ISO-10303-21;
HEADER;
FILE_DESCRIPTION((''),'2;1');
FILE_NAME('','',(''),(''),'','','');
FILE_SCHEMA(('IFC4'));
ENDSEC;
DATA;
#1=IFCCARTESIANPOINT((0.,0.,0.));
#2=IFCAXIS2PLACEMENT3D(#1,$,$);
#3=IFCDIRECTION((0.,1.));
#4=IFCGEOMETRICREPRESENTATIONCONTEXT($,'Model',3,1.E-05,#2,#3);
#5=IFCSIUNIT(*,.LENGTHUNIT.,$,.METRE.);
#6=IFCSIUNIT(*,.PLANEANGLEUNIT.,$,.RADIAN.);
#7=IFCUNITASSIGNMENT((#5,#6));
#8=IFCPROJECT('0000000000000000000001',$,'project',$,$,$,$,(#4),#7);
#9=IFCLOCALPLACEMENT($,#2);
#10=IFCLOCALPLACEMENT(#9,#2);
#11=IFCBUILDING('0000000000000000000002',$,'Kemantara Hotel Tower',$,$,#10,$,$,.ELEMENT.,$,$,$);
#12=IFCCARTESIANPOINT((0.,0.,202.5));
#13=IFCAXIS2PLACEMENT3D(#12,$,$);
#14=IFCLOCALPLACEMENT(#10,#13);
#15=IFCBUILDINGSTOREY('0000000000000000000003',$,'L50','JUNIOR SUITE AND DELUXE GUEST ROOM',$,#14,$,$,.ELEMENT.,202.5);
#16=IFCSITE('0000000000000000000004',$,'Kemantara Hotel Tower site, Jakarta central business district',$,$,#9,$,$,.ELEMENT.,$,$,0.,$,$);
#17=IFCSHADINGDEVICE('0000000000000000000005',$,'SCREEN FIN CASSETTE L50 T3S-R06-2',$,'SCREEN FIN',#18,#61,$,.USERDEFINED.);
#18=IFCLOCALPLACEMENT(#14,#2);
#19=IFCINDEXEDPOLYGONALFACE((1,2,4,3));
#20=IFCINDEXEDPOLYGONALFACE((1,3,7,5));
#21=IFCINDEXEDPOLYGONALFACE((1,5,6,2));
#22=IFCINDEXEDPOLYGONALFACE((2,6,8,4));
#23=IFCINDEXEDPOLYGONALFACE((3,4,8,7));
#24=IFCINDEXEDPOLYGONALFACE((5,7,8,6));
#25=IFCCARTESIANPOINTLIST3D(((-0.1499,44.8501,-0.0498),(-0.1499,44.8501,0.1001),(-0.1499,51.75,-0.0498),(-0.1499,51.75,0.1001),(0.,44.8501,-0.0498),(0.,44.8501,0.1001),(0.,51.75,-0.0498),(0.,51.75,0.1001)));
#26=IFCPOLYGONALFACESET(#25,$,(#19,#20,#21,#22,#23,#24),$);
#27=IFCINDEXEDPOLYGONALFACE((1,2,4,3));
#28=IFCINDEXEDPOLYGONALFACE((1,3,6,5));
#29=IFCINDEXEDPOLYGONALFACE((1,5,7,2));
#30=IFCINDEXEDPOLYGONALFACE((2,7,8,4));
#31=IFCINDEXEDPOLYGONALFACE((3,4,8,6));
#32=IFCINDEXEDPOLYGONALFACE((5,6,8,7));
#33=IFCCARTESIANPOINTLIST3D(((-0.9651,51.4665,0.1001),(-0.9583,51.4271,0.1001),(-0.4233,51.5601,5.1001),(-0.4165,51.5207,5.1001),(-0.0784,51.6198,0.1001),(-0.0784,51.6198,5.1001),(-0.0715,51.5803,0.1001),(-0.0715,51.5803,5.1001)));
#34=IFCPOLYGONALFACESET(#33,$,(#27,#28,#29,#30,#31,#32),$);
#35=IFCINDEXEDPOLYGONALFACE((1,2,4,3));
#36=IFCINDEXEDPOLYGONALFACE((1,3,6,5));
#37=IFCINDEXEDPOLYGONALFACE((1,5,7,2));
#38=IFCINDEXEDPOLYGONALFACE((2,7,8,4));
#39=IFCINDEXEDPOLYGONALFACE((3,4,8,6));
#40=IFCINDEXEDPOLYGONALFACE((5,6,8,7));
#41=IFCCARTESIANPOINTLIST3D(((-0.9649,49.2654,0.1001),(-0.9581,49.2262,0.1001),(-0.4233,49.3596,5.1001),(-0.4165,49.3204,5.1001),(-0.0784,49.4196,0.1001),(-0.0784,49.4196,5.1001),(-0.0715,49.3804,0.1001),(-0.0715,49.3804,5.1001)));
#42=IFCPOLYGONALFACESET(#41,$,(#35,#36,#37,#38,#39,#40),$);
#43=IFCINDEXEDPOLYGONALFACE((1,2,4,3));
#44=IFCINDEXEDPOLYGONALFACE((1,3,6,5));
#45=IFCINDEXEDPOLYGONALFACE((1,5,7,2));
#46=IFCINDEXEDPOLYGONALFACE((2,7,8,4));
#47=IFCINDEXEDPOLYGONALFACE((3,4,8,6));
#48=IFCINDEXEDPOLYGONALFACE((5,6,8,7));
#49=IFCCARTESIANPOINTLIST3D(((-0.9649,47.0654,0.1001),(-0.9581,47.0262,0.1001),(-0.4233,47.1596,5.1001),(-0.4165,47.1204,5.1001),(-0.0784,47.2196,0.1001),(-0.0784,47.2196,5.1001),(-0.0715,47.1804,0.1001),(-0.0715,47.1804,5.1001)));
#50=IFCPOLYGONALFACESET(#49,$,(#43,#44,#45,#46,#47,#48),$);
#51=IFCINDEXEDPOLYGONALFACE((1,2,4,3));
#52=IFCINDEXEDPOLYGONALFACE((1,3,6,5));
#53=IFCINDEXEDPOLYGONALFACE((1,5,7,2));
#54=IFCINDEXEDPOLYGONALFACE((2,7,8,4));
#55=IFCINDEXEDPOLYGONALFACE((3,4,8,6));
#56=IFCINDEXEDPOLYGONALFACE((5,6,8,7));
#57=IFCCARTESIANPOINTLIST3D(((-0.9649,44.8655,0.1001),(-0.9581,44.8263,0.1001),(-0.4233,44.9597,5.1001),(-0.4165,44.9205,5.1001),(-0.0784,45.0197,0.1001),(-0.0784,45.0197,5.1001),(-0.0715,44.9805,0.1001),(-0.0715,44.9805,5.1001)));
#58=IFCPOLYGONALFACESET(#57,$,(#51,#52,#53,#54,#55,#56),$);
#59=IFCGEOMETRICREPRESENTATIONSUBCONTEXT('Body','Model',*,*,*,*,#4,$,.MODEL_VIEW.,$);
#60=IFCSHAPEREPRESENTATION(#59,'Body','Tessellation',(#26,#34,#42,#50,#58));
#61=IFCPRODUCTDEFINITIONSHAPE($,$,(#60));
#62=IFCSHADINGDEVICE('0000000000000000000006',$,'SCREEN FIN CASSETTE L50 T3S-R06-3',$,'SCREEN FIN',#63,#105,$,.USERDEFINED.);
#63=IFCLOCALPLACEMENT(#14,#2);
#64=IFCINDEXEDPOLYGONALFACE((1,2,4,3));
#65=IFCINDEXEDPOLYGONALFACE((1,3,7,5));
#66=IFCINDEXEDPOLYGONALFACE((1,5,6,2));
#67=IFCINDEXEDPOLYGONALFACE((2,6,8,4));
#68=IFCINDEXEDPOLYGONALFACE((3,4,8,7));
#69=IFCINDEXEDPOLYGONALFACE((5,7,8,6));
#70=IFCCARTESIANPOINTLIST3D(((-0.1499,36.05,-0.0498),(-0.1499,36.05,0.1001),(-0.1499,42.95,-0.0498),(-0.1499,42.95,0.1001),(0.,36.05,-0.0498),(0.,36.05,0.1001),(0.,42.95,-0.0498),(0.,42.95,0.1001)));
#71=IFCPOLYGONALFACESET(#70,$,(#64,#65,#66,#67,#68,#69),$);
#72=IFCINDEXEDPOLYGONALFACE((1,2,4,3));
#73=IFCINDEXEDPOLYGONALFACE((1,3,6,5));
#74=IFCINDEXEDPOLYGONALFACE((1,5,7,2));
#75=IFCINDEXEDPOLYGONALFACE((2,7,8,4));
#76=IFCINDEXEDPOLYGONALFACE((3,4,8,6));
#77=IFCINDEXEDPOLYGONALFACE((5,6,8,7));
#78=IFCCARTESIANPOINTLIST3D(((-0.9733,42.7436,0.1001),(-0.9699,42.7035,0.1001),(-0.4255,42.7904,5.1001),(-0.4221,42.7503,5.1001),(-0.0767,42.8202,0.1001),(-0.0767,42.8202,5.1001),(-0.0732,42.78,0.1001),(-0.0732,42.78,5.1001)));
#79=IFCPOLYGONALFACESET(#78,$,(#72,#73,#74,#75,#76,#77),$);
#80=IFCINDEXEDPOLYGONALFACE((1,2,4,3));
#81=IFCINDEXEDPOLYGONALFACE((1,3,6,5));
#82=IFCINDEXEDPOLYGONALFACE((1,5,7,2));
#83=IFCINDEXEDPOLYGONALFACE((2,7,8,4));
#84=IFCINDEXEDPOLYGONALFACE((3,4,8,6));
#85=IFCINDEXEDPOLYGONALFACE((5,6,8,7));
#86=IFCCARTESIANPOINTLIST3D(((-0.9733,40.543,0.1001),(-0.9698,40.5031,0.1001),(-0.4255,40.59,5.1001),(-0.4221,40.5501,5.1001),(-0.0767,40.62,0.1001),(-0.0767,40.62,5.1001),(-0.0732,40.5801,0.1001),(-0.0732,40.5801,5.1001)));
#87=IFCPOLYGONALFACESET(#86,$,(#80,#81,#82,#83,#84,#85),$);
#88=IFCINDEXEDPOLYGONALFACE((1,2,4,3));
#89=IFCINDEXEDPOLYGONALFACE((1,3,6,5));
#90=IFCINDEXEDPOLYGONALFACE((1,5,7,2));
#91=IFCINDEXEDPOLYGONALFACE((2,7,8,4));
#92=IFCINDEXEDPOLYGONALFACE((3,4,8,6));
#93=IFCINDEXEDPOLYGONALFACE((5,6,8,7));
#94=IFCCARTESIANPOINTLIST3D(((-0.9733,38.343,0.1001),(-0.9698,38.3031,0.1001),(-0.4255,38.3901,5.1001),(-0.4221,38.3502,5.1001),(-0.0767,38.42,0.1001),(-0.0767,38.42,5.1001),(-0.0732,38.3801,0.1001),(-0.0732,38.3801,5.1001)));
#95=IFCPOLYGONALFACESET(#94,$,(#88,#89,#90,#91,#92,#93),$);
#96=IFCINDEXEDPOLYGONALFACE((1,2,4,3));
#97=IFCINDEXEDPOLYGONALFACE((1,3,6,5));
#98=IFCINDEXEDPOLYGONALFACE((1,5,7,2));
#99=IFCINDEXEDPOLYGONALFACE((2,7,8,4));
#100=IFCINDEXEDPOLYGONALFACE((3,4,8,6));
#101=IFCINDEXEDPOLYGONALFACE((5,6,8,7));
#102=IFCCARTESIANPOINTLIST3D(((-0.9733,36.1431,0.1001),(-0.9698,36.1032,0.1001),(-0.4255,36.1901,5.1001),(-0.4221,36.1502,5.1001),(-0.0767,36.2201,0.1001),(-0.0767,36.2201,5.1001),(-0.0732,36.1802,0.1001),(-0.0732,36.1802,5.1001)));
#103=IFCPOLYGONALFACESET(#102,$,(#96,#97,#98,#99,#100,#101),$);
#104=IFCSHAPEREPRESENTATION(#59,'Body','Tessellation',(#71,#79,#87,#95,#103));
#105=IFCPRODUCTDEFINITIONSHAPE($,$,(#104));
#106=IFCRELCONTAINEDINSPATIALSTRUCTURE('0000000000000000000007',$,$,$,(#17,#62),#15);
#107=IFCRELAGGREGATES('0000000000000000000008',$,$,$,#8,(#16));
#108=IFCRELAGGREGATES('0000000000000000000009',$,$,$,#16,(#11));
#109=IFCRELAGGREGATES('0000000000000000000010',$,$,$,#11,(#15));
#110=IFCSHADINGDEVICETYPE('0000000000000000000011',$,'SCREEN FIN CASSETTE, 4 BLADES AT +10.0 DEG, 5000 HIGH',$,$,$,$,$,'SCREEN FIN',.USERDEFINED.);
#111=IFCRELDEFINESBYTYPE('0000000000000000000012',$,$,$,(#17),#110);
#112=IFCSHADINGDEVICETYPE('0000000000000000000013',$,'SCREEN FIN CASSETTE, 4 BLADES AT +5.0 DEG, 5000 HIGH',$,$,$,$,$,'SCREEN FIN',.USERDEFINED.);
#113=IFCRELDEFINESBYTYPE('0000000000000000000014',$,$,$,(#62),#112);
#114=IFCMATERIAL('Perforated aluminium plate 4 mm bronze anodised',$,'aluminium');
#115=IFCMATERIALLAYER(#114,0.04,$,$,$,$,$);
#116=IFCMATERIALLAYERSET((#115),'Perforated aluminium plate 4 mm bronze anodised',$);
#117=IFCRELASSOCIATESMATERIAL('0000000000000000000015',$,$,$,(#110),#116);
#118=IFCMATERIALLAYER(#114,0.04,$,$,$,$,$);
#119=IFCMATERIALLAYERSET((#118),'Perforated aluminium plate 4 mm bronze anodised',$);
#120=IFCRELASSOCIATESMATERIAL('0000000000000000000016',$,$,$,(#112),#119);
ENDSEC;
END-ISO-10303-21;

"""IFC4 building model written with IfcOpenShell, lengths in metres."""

from ifc_helpers import new_model, si_unit, direction, frame, origin, origin_2d, place, context, subcontext, project, spatial, polyline, rectangle, outline, extrude, source, transform, mapped, material, layer, layer_set, type_object, element, save


model = new_model("IFC4")

# Units and contexts
model_context = context("Model", 3, precision=1e-05, world=origin(), true_north=direction((0.0, 1.0)))
body_context = subcontext(model_context, "Body", "Model", "MODEL_VIEW")
ifc_project = project(units=[si_unit("LENGTHUNIT", "METRE"), si_unit("PLANEANGLEUNIT", "RADIAN")], contexts=[model_context])

# Site, building, storey
site_placement = place(None, origin())
site = spatial("IfcSite", under=ifc_project, at=site_placement, Name="Kemantara Hotel Tower site, Jakarta central business district", CompositionType="ELEMENT", RefElevation=0.0)
building_placement = place(site_placement, origin())
building = spatial("IfcBuilding", under=site, at=building_placement, Name="Kemantara Hotel Tower", CompositionType="ELEMENT")
storey_placement = place(building_placement, frame((0.0, 0.0, 202.5)))
storey = spatial("IfcBuildingStorey", under=building, at=storey_placement, Name="L50", Description="JUNIOR SUITE AND DELUXE GUEST ROOM", CompositionType="ELEMENT", Elevation=202.5)

# Shading devices
ifc_material_1 = material(Name="Perforated aluminium plate 4 mm bronze anodised", Category="aluminium")
ifc_layer_1 = layer(ifc_material_1, 0.04)
ifc_layer_set_1 = layer_set([ifc_layer_1], Name="Perforated aluminium plate 4 mm bronze anodised")
shading_device_type_1 = type_object("IfcShadingDeviceType", Name="SCREEN FIN CASSETTE, 4 BLADES AT +10.0 DEG, 5000 HIGH", ElementType="SCREEN FIN", PredefinedType="USERDEFINED", material=ifc_layer_set_1)
shared_shape_1 = source(origin(), body_context, "Body", "SweptSolid", [
    extrude(rectangle(XDim=6.8999, YDim=0.1499, at=origin_2d()), frame((3.3, -0.075, -0.1499), z_axis=(0.0, 0.0, 1.0), x_axis=(1.0, 0.0, 0.0)), (0.0, 0.0, 1.0), 0.1499),
    extrude(outline(polyline([(0.0, 0.0), (0.8999, 0.0), (0.3501, 5.0), (0.0, 5.0), (0.0, 0.0)])), frame((0.0198, -0.0715, 0.0), z_axis=(-0.98539, -0.170314, 0.0), x_axis=(0.170314, -0.98539, 0.0)), (0.0, 0.0, 1.0), 0.04),
    extrude(outline(polyline([(0.0, 0.0), (0.8999, 0.0), (0.3501, 5.0), (0.0, 5.0), (0.0, 0.0)])), frame((2.2197, -0.0715, 0.0), z_axis=(-0.985212, -0.171341, 0.0), x_axis=(0.171341, -0.985212, 0.0)), (0.0, 0.0, 1.0), 0.0398),
    extrude(outline(polyline([(0.0, 0.0), (0.8999, 0.0), (0.3501, 5.0), (0.0, 5.0), (0.0, 0.0)])), frame((4.4197, -0.0715, 0.0), z_axis=(-0.985212, -0.171341, 0.0), x_axis=(0.171341, -0.985212, 0.0)), (0.0, 0.0, 1.0), 0.0398),
    extrude(outline(polyline([(0.0, 0.0), (0.8999, 0.0), (0.3501, 5.0), (0.0, 5.0), (0.0, 0.0)])), frame((6.6196, -0.0715, 0.0), z_axis=(-0.985212, -0.171341, 0.0), x_axis=(0.171341, -0.985212, 0.0)), (0.0, 0.0, 1.0), 0.0398),
])
shading_device_1_placement = place(storey_placement, frame((0.0, 51.6001, 0.1001), z_axis=(0.0, 0.0, 1.0), x_axis=(0.0, -1.0, 0.0)))
element("IfcShadingDevice", 1, at=shading_device_1_placement, inside=storey, type_object=shading_device_type_1, Name="SCREEN FIN CASSETTE L50 T3S-R06-2", ObjectType="SCREEN FIN", PredefinedType="USERDEFINED", context=body_context, shape_type="MappedRepresentation", body=[
    mapped(shared_shape_1, transform((0.0, 0.0, 0.0))),
])
ifc_layer_2 = layer(ifc_material_1, 0.04)
ifc_layer_set_2 = layer_set([ifc_layer_2], Name="Perforated aluminium plate 4 mm bronze anodised")
shading_device_type_2 = type_object("IfcShadingDeviceType", Name="SCREEN FIN CASSETTE, 4 BLADES AT +5.0 DEG, 5000 HIGH", ElementType="SCREEN FIN", PredefinedType="USERDEFINED", material=ifc_layer_set_2)
shared_shape_2 = source(origin(), body_context, "Body", "SweptSolid", [
    extrude(rectangle(XDim=6.8999, YDim=0.1499, at=origin_2d()), frame((3.3, -0.075, -0.1499), z_axis=(0.0, 0.0, 1.0), x_axis=(1.0, 0.0, 0.0)), (0.0, 0.0, 1.0), 0.1499),
    extrude(outline(polyline([(0.0, 0.0), (0.8999, 0.0), (0.3501, 5.0), (0.0, 5.0), (0.0, 0.0)])), frame((0.02, -0.0732, 0.0), z_axis=(-0.996376, -0.085056, 0.0), x_axis=(0.085056, -0.996376, 0.0)), (0.0, 0.0, 1.0), 0.0403),
    extrude(outline(polyline([(0.0, 0.0), (0.8999, 0.0), (0.3501, 5.0), (0.0, 5.0), (0.0, 0.0)])), frame((2.22, -0.0732, 0.0), z_axis=(-0.996332, -0.085575, 0.0), x_axis=(0.085575, -0.996332, 0.0)), (0.0, 0.0, 1.0), 0.04),
    extrude(outline(polyline([(0.0, 0.0), (0.8999, 0.0), (0.3501, 5.0), (0.0, 5.0), (0.0, 0.0)])), frame((4.4199, -0.0732, 0.0), z_axis=(-0.996332, -0.085575, 0.0), x_axis=(0.085575, -0.996332, 0.0)), (0.0, 0.0, 1.0), 0.04),
    extrude(outline(polyline([(0.0, 0.0), (0.8999, 0.0), (0.3501, 5.0), (0.0, 5.0), (0.0, 0.0)])), frame((6.6199, -0.0732, 0.0), z_axis=(-0.996332, -0.085575, 0.0), x_axis=(0.085575, -0.996332, 0.0)), (0.0, 0.0, 1.0), 0.04),
])
shading_device_2_placement = place(storey_placement, frame((0.0, 42.8, 0.1001), z_axis=(0.0, 0.0, 1.0), x_axis=(0.0, -1.0, 0.0)))
element("IfcShadingDevice", 2, at=shading_device_2_placement, inside=storey, type_object=shading_device_type_2, Name="SCREEN FIN CASSETTE L50 T3S-R06-3", ObjectType="SCREEN FIN", PredefinedType="USERDEFINED", context=body_context, shape_type="MappedRepresentation", body=[
    mapped(shared_shape_2, transform((0.0, 0.0, 0.0))),
])

save(model, "model.ifc")
